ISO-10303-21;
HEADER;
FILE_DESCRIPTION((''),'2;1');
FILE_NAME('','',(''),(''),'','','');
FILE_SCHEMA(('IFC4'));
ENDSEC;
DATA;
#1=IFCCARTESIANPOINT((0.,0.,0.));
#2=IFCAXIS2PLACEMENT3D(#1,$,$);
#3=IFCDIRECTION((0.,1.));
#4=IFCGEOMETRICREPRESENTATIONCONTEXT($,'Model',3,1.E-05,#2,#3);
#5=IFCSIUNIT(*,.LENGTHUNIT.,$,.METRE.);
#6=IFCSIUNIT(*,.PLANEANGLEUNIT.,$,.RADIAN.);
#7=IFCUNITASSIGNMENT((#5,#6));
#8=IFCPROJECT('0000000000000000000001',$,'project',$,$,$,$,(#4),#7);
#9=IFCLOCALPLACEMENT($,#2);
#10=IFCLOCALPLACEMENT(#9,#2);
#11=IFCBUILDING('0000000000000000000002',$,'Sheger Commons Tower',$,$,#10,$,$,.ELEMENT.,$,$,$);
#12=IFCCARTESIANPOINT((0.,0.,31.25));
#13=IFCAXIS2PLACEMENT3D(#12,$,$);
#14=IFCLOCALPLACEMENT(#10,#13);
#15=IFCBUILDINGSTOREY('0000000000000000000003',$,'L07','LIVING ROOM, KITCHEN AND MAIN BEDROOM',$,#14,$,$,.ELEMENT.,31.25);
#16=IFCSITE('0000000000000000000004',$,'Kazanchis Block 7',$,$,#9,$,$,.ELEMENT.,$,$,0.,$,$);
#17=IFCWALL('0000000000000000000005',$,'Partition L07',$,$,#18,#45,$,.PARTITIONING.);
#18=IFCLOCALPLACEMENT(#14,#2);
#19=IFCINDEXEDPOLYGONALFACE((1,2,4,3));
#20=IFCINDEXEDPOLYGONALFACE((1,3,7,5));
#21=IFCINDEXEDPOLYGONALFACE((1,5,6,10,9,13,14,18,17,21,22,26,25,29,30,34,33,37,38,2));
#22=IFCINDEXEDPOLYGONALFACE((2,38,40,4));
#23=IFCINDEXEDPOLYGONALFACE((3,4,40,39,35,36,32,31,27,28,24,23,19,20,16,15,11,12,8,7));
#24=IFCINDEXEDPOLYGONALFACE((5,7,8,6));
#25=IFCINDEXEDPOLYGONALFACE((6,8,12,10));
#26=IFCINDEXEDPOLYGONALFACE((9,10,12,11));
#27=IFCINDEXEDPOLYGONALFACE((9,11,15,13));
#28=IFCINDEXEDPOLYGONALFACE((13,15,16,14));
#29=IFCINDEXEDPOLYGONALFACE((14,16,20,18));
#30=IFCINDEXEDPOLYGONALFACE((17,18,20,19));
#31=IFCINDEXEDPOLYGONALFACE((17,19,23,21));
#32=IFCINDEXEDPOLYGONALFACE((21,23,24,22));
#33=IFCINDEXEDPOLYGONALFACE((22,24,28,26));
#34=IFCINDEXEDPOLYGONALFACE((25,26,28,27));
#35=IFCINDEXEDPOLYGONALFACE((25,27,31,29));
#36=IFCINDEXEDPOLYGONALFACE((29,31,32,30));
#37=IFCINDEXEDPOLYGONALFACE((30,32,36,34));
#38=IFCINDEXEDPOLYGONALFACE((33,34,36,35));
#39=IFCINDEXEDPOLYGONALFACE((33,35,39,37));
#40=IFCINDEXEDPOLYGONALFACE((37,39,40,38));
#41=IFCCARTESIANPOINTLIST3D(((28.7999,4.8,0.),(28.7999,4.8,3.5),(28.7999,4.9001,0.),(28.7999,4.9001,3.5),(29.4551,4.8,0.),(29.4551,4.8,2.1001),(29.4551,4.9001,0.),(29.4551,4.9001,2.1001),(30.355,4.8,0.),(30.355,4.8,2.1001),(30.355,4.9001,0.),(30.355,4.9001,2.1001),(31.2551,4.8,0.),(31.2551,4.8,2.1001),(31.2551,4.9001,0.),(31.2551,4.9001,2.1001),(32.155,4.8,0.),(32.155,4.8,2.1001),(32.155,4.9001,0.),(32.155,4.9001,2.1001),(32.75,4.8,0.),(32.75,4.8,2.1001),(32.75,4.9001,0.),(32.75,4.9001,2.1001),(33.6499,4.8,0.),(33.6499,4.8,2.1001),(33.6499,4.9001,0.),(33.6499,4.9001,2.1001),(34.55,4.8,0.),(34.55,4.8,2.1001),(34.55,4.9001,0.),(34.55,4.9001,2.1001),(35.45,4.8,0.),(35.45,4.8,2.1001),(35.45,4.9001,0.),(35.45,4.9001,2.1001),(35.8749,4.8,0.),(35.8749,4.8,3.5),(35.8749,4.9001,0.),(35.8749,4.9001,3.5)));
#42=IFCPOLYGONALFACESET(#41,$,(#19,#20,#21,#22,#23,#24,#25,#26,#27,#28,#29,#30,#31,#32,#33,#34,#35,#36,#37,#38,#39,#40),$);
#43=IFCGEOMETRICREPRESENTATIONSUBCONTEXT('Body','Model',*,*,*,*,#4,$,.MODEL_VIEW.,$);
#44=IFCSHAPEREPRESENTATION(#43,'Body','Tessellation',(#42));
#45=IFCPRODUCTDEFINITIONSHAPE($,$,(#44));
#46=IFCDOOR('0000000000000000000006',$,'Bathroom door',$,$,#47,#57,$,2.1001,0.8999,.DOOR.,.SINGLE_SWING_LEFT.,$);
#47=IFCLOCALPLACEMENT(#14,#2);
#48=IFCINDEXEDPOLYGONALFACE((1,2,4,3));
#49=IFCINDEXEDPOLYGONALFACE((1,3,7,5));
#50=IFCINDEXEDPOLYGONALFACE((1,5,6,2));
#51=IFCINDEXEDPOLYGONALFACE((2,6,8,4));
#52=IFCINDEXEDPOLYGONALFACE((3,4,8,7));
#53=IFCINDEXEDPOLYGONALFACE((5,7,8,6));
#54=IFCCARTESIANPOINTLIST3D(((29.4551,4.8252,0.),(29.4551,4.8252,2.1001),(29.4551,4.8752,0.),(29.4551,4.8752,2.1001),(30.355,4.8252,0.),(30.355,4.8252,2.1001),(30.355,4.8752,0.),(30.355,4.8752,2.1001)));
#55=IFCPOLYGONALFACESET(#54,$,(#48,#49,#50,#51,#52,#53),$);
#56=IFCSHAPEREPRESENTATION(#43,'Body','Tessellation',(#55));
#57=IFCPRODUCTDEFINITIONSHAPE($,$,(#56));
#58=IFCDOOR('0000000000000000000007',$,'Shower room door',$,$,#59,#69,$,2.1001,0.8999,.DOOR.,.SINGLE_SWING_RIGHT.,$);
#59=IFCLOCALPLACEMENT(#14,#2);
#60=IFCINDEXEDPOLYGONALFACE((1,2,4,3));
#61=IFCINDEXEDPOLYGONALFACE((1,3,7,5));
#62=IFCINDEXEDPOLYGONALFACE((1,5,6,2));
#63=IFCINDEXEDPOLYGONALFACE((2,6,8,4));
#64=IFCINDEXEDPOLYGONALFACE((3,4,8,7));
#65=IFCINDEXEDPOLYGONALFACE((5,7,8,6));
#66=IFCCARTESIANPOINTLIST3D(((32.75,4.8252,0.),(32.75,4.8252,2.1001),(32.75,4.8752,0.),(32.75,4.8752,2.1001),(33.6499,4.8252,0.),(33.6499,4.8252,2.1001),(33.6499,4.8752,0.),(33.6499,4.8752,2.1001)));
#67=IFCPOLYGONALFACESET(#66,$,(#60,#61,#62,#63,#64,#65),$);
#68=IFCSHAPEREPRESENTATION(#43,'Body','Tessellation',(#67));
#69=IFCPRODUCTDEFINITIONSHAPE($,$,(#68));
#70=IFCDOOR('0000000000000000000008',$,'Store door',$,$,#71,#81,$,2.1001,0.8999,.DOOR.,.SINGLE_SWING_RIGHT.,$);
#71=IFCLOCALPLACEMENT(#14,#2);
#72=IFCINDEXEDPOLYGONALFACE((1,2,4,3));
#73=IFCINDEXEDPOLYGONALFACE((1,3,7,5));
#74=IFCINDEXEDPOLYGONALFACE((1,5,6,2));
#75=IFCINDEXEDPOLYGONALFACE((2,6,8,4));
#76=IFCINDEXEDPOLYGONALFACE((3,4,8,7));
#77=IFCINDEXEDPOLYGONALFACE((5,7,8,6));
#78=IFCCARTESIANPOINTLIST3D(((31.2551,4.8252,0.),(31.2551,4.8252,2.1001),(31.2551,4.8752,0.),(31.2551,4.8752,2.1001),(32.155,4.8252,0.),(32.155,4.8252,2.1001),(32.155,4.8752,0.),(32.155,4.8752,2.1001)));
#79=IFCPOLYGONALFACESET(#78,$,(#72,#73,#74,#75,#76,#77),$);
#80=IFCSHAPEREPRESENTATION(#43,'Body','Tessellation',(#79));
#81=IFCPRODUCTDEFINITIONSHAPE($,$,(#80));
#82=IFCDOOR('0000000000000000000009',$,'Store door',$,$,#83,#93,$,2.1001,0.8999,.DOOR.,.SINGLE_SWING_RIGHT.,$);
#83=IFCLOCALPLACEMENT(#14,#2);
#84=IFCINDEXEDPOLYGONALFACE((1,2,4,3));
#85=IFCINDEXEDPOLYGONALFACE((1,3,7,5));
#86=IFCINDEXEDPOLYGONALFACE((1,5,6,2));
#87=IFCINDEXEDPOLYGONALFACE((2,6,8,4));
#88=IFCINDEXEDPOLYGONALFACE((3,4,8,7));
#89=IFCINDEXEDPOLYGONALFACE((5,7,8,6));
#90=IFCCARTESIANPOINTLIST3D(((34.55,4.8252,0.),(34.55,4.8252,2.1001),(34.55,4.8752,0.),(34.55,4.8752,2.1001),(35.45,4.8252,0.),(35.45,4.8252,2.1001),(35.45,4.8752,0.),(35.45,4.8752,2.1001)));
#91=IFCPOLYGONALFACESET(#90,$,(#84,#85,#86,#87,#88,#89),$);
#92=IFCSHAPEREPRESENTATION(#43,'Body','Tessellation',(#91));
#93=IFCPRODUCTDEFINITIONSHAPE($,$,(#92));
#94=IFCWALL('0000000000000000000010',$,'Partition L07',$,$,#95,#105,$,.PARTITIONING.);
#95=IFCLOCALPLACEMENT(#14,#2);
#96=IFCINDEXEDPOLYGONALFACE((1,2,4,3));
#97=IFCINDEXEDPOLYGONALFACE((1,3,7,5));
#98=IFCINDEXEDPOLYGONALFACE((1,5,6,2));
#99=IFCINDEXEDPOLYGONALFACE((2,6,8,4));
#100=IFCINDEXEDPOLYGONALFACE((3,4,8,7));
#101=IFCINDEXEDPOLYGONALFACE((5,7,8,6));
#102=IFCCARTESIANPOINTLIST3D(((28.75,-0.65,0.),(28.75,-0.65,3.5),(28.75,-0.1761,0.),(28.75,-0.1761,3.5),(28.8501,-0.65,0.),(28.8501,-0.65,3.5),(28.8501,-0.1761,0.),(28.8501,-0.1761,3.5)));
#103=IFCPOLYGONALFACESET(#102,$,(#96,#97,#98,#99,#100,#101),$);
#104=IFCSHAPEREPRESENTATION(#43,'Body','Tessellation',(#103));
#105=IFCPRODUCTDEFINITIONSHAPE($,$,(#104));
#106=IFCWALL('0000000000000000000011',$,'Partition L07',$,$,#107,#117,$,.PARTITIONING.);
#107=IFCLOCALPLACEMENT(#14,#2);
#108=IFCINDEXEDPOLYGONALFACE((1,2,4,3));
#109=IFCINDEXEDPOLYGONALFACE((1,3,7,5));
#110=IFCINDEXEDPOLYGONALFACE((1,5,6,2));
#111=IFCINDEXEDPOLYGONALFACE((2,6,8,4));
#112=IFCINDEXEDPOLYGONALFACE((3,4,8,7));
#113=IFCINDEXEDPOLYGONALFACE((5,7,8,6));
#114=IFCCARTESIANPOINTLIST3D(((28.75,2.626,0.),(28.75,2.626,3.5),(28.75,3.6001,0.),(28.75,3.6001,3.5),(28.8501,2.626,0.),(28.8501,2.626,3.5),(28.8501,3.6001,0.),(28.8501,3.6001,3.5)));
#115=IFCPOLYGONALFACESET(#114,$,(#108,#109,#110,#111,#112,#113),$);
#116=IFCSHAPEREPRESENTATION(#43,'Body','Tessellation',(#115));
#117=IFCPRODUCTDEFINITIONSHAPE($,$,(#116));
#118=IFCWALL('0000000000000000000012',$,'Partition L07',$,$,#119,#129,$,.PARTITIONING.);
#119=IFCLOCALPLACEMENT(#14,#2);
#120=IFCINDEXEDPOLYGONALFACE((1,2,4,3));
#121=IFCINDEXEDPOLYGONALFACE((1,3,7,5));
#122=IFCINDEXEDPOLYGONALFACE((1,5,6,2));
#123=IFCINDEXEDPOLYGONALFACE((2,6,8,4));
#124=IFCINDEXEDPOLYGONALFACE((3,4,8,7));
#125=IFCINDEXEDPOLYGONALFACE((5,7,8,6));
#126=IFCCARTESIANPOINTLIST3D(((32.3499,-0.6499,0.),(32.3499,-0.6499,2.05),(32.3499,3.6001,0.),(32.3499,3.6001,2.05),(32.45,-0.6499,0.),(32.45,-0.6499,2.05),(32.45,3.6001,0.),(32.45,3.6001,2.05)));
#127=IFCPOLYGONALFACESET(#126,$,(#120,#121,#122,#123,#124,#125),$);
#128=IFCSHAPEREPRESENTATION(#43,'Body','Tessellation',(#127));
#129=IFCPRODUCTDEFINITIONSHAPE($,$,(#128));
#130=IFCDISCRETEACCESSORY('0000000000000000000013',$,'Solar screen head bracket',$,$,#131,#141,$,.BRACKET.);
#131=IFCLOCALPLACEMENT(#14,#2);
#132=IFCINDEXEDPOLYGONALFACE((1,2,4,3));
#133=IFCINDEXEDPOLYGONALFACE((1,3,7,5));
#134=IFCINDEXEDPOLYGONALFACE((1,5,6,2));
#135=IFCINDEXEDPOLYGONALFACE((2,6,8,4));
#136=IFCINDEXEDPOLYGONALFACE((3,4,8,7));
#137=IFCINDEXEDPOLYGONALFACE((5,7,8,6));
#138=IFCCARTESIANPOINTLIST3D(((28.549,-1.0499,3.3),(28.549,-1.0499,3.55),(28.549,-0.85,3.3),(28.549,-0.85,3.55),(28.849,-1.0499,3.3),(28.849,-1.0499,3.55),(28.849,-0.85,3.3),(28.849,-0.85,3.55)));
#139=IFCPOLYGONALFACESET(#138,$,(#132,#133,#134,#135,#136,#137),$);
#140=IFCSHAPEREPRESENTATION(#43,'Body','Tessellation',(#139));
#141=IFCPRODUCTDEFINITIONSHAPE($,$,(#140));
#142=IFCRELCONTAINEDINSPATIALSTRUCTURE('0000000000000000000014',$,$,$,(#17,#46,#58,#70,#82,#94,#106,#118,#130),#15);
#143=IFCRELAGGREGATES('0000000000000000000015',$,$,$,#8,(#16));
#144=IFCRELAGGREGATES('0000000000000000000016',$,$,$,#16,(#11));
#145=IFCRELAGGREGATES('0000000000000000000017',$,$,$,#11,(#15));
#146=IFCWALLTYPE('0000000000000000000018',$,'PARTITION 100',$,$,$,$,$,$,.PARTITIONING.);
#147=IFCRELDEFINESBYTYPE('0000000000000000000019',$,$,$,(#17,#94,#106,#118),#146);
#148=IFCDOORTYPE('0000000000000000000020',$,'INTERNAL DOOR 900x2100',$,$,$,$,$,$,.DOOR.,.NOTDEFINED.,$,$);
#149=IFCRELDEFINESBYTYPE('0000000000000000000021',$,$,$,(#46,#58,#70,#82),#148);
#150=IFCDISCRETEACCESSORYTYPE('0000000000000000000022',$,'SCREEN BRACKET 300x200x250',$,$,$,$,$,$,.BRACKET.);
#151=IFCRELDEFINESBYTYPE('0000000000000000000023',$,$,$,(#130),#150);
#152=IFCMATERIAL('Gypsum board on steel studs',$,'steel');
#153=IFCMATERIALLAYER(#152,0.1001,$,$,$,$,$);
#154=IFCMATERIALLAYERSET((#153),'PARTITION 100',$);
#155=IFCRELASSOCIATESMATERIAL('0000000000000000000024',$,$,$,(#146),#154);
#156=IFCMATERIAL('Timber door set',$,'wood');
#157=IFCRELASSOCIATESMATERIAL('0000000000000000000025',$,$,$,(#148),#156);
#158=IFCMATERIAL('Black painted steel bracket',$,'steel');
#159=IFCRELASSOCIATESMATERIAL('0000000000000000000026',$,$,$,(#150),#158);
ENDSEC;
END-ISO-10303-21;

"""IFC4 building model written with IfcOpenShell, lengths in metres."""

from ifc_helpers import new_model, si_unit, direction, frame, frame_2d, origin, origin_2d, place, context, subcontext, project, spatial, rectangle, extrude, material, layer, layer_set, type_object, element, fill, save


model = new_model("IFC4")

# Units and contexts
model_context = context("Model", 3, precision=1e-05, world=origin(), true_north=direction((0.0, 1.0)))
body_context = subcontext(model_context, "Body", "Model", "MODEL_VIEW")
ifc_project = project(units=[si_unit("LENGTHUNIT", "METRE"), si_unit("PLANEANGLEUNIT", "RADIAN")], contexts=[model_context])

# Site, building, storey
site_placement = place(None, origin())
site = spatial("IfcSite", under=ifc_project, at=site_placement, Name="Kazanchis Block 7", CompositionType="ELEMENT", RefElevation=0.0)
building_placement = place(site_placement, origin())
building = spatial("IfcBuilding", under=site, at=building_placement, Name="Sheger Commons Tower", CompositionType="ELEMENT")
storey_placement = place(building_placement, frame((0.0, 0.0, 31.25)))
storey = spatial("IfcBuildingStorey", under=building, at=storey_placement, Name="L07", Description="LIVING ROOM, KITCHEN AND MAIN BEDROOM", CompositionType="ELEMENT", Elevation=31.25)

# Wall, openings, doors
ifc_material_1 = material(Name="Gypsum board on steel studs", Category="steel")
ifc_layer_1 = layer(ifc_material_1, 0.1001)
ifc_layer_set_1 = layer_set([ifc_layer_1], Name="PARTITION 100")
wall_type_1 = type_object("IfcWallType", Name="PARTITION 100", PredefinedType="PARTITIONING", material=ifc_layer_set_1)
ifc_material_2 = material(Name="Timber door set", Category="wood")
door_type = type_object("IfcDoorType", Name="INTERNAL DOOR 900x2100", OperationType="NOTDEFINED", PredefinedType="DOOR", material=ifc_material_2)
wall_1_placement = place(storey_placement, frame((35.875, 4.8501, 0.0), z_axis=(0.0, 0.0, 1.0), x_axis=(-1.0, 0.0, 0.0)))
wall_1 = element("IfcWall", 1, at=wall_1_placement, inside=storey, type_object=wall_type_1, Name="Partition L07", PredefinedType="PARTITIONING", context=body_context, shape_type="SweptSolid", body=[
    extrude(rectangle(XDim=7.075, YDim=0.1001, at=frame_2d((3.5376, 0.0))), origin(), (0.0, 0.0, 1.0), 3.5),
])
opening_1_placement = place(wall_1_placement, frame((5.52, 0.0, 0.0)))
opening_1 = element("IfcOpeningElement", 2, at=opening_1_placement, cuts=wall_1, PredefinedType="OPENING", context=body_context, shape_type="SweptSolid", body=[
    extrude(rectangle(XDim=0.8999, YDim=2.1001, at=frame_2d((0.45, 1.05))), frame((0.0, 0.0601, 0.0), z_axis=(0.0, -1.0, 0.0), x_axis=(1.0, 0.0, 0.0)), (0.0, 0.0, 1.0), 0.1201),
])
opening_2_placement = place(wall_1_placement, frame((2.2251, 0.0, 0.0)))
opening_2 = element("IfcOpeningElement", 3, at=opening_2_placement, cuts=wall_1, PredefinedType="OPENING", context=body_context, shape_type="SweptSolid", body=[
    extrude(rectangle(XDim=0.8999, YDim=2.1001, at=frame_2d((0.45, 1.05))), frame((0.0, 0.0601, 0.0), z_axis=(0.0, -1.0, 0.0), x_axis=(1.0, 0.0, 0.0)), (0.0, 0.0, 1.0), 0.1201),
])
opening_3_placement = place(wall_1_placement, frame((3.72, 0.0, 0.0)))
opening_3 = element("IfcOpeningElement", 4, at=opening_3_placement, cuts=wall_1, PredefinedType="OPENING", context=body_context, shape_type="SweptSolid", body=[
    extrude(rectangle(XDim=0.8999, YDim=2.1001, at=frame_2d((0.45, 1.05))), frame((0.0, 0.0601, 0.0), z_axis=(0.0, -1.0, 0.0), x_axis=(1.0, 0.0, 0.0)), (0.0, 0.0, 1.0), 0.1201),
])
opening_4_placement = place(wall_1_placement, frame((0.425, 0.0, 0.0)))
opening_4 = element("IfcOpeningElement", 5, at=opening_4_placement, cuts=wall_1, PredefinedType="OPENING", context=body_context, shape_type="SweptSolid", body=[
    extrude(rectangle(XDim=0.8999, YDim=2.1001, at=frame_2d((0.45, 1.05))), frame((0.0, 0.0601, 0.0), z_axis=(0.0, -1.0, 0.0), x_axis=(1.0, 0.0, 0.0)), (0.0, 0.0, 1.0), 0.1201),
])
door_1_placement = place(opening_1_placement, origin())
door_1 = element("IfcDoor", 6, at=door_1_placement, inside=storey, type_object=door_type, Name="Bathroom door", OperationType="SINGLE_SWING_LEFT", OverallHeight=2.1001, OverallWidth=0.8999, PredefinedType="DOOR", context=body_context, shape_type="SweptSolid", body=[
    extrude(rectangle(XDim=0.8999, YDim=2.1001, at=frame_2d((0.45, 1.05))), frame((0.0, 0.0249, 0.0), z_axis=(0.0, -1.0, 0.0), x_axis=(1.0, 0.0, 0.0)), (0.0, 0.0, 1.0), 0.05),
])
fill(opening_1, door_1)
door_2_placement = place(opening_2_placement, origin())
door_2 = element("IfcDoor", 7, at=door_2_placement, inside=storey, type_object=door_type, Name="Shower room door", OperationType="SINGLE_SWING_RIGHT", OverallHeight=2.1001, OverallWidth=0.8999, PredefinedType="DOOR", context=body_context, shape_type="SweptSolid", body=[
    extrude(rectangle(XDim=0.8999, YDim=2.1001, at=frame_2d((0.45, 1.05))), frame((0.0, 0.0249, 0.0), z_axis=(0.0, -1.0, 0.0), x_axis=(1.0, 0.0, 0.0)), (0.0, 0.0, 1.0), 0.05),
])
fill(opening_2, door_2)
door_3_placement = place(opening_3_placement, origin())
door_3 = element("IfcDoor", 8, at=door_3_placement, inside=storey, type_object=door_type, Name="Store door", OperationType="SINGLE_SWING_RIGHT", OverallHeight=2.1001, OverallWidth=0.8999, PredefinedType="DOOR", context=body_context, shape_type="SweptSolid", body=[
    extrude(rectangle(XDim=0.8999, YDim=2.1001, at=frame_2d((0.45, 1.05))), frame((0.0, 0.0249, 0.0), z_axis=(0.0, -1.0, 0.0), x_axis=(1.0, 0.0, 0.0)), (0.0, 0.0, 1.0), 0.05),
])
fill(opening_3, door_3)
door_4_placement = place(opening_4_placement, origin())
door_4 = element("IfcDoor", 9, at=door_4_placement, inside=storey, type_object=door_type, Name="Store door", OperationType="SINGLE_SWING_RIGHT", OverallHeight=2.1001, OverallWidth=0.8999, PredefinedType="DOOR", context=body_context, shape_type="SweptSolid", body=[
    extrude(rectangle(XDim=0.8999, YDim=2.1001, at=frame_2d((0.45, 1.05))), frame((0.0, 0.0249, 0.0), z_axis=(0.0, -1.0, 0.0), x_axis=(1.0, 0.0, 0.0)), (0.0, 0.0, 1.0), 0.05),
])
fill(opening_4, door_4)

# Walls
wall_2_placement = place(storey_placement, frame((28.8, -0.6499, 0.0), z_axis=(0.0, 0.0, 1.0), x_axis=(0.0, 1.0, 0.0)))
element("IfcWall", 10, at=wall_2_placement, inside=storey, type_object=wall_type_1, Name="Partition L07", PredefinedType="PARTITIONING", context=body_context, shape_type="SweptSolid", body=[
    extrude(rectangle(XDim=0.4739, YDim=0.1001, at=frame_2d((0.2368, 0.0))), origin(), (0.0, 0.0, 1.0), 3.5),
])
wall_3_placement = place(storey_placement, frame((28.8, 2.626, 0.0), z_axis=(0.0, 0.0, 1.0), x_axis=(0.0, 1.0, 0.0)))
element("IfcWall", 11, at=wall_3_placement, inside=storey, type_object=wall_type_1, Name="Partition L07", PredefinedType="PARTITIONING", context=body_context, shape_type="SweptSolid", body=[
    extrude(rectangle(XDim=0.9741, YDim=0.1001, at=frame_2d((0.4871, 0.0))), origin(), (0.0, 0.0, 1.0), 3.5),
])
wall_4_placement = place(storey_placement, frame((32.3999, -0.6499, 0.0), z_axis=(0.0, 0.0, 1.0), x_axis=(0.0, 1.0, 0.0)))
element("IfcWall", 12, at=wall_4_placement, inside=storey, type_object=wall_type_1, Name="Partition L07", PredefinedType="PARTITIONING", context=body_context, shape_type="SweptSolid", body=[
    extrude(rectangle(XDim=4.25, YDim=0.1001, at=frame_2d((2.125, 0.0))), origin(), (0.0, 0.0, 1.0), 2.05),
])

# Discrete accessory
ifc_material_3 = material(Name="Black painted steel bracket", Category="steel")
discrete_accessory_type = type_object("IfcDiscreteAccessoryType", Name="SCREEN BRACKET 300x200x250", PredefinedType="BRACKET", material=ifc_material_3)
discrete_accessory_placement = place(storey_placement, frame((28.699, -0.95, 3.3), z_axis=(0.0, 0.0, 1.0), x_axis=(1.0, 0.0, 0.0)))
element("IfcDiscreteAccessory", 13, at=discrete_accessory_placement, inside=storey, type_object=discrete_accessory_type, Name="Solar screen head bracket", PredefinedType="BRACKET", context=body_context, shape_type="SweptSolid", body=[
    extrude(rectangle(XDim=0.3, YDim=0.2, at=origin_2d()), origin(), (0.0, 0.0, 1.0), 0.25),
])

save(model, "model.ifc")
